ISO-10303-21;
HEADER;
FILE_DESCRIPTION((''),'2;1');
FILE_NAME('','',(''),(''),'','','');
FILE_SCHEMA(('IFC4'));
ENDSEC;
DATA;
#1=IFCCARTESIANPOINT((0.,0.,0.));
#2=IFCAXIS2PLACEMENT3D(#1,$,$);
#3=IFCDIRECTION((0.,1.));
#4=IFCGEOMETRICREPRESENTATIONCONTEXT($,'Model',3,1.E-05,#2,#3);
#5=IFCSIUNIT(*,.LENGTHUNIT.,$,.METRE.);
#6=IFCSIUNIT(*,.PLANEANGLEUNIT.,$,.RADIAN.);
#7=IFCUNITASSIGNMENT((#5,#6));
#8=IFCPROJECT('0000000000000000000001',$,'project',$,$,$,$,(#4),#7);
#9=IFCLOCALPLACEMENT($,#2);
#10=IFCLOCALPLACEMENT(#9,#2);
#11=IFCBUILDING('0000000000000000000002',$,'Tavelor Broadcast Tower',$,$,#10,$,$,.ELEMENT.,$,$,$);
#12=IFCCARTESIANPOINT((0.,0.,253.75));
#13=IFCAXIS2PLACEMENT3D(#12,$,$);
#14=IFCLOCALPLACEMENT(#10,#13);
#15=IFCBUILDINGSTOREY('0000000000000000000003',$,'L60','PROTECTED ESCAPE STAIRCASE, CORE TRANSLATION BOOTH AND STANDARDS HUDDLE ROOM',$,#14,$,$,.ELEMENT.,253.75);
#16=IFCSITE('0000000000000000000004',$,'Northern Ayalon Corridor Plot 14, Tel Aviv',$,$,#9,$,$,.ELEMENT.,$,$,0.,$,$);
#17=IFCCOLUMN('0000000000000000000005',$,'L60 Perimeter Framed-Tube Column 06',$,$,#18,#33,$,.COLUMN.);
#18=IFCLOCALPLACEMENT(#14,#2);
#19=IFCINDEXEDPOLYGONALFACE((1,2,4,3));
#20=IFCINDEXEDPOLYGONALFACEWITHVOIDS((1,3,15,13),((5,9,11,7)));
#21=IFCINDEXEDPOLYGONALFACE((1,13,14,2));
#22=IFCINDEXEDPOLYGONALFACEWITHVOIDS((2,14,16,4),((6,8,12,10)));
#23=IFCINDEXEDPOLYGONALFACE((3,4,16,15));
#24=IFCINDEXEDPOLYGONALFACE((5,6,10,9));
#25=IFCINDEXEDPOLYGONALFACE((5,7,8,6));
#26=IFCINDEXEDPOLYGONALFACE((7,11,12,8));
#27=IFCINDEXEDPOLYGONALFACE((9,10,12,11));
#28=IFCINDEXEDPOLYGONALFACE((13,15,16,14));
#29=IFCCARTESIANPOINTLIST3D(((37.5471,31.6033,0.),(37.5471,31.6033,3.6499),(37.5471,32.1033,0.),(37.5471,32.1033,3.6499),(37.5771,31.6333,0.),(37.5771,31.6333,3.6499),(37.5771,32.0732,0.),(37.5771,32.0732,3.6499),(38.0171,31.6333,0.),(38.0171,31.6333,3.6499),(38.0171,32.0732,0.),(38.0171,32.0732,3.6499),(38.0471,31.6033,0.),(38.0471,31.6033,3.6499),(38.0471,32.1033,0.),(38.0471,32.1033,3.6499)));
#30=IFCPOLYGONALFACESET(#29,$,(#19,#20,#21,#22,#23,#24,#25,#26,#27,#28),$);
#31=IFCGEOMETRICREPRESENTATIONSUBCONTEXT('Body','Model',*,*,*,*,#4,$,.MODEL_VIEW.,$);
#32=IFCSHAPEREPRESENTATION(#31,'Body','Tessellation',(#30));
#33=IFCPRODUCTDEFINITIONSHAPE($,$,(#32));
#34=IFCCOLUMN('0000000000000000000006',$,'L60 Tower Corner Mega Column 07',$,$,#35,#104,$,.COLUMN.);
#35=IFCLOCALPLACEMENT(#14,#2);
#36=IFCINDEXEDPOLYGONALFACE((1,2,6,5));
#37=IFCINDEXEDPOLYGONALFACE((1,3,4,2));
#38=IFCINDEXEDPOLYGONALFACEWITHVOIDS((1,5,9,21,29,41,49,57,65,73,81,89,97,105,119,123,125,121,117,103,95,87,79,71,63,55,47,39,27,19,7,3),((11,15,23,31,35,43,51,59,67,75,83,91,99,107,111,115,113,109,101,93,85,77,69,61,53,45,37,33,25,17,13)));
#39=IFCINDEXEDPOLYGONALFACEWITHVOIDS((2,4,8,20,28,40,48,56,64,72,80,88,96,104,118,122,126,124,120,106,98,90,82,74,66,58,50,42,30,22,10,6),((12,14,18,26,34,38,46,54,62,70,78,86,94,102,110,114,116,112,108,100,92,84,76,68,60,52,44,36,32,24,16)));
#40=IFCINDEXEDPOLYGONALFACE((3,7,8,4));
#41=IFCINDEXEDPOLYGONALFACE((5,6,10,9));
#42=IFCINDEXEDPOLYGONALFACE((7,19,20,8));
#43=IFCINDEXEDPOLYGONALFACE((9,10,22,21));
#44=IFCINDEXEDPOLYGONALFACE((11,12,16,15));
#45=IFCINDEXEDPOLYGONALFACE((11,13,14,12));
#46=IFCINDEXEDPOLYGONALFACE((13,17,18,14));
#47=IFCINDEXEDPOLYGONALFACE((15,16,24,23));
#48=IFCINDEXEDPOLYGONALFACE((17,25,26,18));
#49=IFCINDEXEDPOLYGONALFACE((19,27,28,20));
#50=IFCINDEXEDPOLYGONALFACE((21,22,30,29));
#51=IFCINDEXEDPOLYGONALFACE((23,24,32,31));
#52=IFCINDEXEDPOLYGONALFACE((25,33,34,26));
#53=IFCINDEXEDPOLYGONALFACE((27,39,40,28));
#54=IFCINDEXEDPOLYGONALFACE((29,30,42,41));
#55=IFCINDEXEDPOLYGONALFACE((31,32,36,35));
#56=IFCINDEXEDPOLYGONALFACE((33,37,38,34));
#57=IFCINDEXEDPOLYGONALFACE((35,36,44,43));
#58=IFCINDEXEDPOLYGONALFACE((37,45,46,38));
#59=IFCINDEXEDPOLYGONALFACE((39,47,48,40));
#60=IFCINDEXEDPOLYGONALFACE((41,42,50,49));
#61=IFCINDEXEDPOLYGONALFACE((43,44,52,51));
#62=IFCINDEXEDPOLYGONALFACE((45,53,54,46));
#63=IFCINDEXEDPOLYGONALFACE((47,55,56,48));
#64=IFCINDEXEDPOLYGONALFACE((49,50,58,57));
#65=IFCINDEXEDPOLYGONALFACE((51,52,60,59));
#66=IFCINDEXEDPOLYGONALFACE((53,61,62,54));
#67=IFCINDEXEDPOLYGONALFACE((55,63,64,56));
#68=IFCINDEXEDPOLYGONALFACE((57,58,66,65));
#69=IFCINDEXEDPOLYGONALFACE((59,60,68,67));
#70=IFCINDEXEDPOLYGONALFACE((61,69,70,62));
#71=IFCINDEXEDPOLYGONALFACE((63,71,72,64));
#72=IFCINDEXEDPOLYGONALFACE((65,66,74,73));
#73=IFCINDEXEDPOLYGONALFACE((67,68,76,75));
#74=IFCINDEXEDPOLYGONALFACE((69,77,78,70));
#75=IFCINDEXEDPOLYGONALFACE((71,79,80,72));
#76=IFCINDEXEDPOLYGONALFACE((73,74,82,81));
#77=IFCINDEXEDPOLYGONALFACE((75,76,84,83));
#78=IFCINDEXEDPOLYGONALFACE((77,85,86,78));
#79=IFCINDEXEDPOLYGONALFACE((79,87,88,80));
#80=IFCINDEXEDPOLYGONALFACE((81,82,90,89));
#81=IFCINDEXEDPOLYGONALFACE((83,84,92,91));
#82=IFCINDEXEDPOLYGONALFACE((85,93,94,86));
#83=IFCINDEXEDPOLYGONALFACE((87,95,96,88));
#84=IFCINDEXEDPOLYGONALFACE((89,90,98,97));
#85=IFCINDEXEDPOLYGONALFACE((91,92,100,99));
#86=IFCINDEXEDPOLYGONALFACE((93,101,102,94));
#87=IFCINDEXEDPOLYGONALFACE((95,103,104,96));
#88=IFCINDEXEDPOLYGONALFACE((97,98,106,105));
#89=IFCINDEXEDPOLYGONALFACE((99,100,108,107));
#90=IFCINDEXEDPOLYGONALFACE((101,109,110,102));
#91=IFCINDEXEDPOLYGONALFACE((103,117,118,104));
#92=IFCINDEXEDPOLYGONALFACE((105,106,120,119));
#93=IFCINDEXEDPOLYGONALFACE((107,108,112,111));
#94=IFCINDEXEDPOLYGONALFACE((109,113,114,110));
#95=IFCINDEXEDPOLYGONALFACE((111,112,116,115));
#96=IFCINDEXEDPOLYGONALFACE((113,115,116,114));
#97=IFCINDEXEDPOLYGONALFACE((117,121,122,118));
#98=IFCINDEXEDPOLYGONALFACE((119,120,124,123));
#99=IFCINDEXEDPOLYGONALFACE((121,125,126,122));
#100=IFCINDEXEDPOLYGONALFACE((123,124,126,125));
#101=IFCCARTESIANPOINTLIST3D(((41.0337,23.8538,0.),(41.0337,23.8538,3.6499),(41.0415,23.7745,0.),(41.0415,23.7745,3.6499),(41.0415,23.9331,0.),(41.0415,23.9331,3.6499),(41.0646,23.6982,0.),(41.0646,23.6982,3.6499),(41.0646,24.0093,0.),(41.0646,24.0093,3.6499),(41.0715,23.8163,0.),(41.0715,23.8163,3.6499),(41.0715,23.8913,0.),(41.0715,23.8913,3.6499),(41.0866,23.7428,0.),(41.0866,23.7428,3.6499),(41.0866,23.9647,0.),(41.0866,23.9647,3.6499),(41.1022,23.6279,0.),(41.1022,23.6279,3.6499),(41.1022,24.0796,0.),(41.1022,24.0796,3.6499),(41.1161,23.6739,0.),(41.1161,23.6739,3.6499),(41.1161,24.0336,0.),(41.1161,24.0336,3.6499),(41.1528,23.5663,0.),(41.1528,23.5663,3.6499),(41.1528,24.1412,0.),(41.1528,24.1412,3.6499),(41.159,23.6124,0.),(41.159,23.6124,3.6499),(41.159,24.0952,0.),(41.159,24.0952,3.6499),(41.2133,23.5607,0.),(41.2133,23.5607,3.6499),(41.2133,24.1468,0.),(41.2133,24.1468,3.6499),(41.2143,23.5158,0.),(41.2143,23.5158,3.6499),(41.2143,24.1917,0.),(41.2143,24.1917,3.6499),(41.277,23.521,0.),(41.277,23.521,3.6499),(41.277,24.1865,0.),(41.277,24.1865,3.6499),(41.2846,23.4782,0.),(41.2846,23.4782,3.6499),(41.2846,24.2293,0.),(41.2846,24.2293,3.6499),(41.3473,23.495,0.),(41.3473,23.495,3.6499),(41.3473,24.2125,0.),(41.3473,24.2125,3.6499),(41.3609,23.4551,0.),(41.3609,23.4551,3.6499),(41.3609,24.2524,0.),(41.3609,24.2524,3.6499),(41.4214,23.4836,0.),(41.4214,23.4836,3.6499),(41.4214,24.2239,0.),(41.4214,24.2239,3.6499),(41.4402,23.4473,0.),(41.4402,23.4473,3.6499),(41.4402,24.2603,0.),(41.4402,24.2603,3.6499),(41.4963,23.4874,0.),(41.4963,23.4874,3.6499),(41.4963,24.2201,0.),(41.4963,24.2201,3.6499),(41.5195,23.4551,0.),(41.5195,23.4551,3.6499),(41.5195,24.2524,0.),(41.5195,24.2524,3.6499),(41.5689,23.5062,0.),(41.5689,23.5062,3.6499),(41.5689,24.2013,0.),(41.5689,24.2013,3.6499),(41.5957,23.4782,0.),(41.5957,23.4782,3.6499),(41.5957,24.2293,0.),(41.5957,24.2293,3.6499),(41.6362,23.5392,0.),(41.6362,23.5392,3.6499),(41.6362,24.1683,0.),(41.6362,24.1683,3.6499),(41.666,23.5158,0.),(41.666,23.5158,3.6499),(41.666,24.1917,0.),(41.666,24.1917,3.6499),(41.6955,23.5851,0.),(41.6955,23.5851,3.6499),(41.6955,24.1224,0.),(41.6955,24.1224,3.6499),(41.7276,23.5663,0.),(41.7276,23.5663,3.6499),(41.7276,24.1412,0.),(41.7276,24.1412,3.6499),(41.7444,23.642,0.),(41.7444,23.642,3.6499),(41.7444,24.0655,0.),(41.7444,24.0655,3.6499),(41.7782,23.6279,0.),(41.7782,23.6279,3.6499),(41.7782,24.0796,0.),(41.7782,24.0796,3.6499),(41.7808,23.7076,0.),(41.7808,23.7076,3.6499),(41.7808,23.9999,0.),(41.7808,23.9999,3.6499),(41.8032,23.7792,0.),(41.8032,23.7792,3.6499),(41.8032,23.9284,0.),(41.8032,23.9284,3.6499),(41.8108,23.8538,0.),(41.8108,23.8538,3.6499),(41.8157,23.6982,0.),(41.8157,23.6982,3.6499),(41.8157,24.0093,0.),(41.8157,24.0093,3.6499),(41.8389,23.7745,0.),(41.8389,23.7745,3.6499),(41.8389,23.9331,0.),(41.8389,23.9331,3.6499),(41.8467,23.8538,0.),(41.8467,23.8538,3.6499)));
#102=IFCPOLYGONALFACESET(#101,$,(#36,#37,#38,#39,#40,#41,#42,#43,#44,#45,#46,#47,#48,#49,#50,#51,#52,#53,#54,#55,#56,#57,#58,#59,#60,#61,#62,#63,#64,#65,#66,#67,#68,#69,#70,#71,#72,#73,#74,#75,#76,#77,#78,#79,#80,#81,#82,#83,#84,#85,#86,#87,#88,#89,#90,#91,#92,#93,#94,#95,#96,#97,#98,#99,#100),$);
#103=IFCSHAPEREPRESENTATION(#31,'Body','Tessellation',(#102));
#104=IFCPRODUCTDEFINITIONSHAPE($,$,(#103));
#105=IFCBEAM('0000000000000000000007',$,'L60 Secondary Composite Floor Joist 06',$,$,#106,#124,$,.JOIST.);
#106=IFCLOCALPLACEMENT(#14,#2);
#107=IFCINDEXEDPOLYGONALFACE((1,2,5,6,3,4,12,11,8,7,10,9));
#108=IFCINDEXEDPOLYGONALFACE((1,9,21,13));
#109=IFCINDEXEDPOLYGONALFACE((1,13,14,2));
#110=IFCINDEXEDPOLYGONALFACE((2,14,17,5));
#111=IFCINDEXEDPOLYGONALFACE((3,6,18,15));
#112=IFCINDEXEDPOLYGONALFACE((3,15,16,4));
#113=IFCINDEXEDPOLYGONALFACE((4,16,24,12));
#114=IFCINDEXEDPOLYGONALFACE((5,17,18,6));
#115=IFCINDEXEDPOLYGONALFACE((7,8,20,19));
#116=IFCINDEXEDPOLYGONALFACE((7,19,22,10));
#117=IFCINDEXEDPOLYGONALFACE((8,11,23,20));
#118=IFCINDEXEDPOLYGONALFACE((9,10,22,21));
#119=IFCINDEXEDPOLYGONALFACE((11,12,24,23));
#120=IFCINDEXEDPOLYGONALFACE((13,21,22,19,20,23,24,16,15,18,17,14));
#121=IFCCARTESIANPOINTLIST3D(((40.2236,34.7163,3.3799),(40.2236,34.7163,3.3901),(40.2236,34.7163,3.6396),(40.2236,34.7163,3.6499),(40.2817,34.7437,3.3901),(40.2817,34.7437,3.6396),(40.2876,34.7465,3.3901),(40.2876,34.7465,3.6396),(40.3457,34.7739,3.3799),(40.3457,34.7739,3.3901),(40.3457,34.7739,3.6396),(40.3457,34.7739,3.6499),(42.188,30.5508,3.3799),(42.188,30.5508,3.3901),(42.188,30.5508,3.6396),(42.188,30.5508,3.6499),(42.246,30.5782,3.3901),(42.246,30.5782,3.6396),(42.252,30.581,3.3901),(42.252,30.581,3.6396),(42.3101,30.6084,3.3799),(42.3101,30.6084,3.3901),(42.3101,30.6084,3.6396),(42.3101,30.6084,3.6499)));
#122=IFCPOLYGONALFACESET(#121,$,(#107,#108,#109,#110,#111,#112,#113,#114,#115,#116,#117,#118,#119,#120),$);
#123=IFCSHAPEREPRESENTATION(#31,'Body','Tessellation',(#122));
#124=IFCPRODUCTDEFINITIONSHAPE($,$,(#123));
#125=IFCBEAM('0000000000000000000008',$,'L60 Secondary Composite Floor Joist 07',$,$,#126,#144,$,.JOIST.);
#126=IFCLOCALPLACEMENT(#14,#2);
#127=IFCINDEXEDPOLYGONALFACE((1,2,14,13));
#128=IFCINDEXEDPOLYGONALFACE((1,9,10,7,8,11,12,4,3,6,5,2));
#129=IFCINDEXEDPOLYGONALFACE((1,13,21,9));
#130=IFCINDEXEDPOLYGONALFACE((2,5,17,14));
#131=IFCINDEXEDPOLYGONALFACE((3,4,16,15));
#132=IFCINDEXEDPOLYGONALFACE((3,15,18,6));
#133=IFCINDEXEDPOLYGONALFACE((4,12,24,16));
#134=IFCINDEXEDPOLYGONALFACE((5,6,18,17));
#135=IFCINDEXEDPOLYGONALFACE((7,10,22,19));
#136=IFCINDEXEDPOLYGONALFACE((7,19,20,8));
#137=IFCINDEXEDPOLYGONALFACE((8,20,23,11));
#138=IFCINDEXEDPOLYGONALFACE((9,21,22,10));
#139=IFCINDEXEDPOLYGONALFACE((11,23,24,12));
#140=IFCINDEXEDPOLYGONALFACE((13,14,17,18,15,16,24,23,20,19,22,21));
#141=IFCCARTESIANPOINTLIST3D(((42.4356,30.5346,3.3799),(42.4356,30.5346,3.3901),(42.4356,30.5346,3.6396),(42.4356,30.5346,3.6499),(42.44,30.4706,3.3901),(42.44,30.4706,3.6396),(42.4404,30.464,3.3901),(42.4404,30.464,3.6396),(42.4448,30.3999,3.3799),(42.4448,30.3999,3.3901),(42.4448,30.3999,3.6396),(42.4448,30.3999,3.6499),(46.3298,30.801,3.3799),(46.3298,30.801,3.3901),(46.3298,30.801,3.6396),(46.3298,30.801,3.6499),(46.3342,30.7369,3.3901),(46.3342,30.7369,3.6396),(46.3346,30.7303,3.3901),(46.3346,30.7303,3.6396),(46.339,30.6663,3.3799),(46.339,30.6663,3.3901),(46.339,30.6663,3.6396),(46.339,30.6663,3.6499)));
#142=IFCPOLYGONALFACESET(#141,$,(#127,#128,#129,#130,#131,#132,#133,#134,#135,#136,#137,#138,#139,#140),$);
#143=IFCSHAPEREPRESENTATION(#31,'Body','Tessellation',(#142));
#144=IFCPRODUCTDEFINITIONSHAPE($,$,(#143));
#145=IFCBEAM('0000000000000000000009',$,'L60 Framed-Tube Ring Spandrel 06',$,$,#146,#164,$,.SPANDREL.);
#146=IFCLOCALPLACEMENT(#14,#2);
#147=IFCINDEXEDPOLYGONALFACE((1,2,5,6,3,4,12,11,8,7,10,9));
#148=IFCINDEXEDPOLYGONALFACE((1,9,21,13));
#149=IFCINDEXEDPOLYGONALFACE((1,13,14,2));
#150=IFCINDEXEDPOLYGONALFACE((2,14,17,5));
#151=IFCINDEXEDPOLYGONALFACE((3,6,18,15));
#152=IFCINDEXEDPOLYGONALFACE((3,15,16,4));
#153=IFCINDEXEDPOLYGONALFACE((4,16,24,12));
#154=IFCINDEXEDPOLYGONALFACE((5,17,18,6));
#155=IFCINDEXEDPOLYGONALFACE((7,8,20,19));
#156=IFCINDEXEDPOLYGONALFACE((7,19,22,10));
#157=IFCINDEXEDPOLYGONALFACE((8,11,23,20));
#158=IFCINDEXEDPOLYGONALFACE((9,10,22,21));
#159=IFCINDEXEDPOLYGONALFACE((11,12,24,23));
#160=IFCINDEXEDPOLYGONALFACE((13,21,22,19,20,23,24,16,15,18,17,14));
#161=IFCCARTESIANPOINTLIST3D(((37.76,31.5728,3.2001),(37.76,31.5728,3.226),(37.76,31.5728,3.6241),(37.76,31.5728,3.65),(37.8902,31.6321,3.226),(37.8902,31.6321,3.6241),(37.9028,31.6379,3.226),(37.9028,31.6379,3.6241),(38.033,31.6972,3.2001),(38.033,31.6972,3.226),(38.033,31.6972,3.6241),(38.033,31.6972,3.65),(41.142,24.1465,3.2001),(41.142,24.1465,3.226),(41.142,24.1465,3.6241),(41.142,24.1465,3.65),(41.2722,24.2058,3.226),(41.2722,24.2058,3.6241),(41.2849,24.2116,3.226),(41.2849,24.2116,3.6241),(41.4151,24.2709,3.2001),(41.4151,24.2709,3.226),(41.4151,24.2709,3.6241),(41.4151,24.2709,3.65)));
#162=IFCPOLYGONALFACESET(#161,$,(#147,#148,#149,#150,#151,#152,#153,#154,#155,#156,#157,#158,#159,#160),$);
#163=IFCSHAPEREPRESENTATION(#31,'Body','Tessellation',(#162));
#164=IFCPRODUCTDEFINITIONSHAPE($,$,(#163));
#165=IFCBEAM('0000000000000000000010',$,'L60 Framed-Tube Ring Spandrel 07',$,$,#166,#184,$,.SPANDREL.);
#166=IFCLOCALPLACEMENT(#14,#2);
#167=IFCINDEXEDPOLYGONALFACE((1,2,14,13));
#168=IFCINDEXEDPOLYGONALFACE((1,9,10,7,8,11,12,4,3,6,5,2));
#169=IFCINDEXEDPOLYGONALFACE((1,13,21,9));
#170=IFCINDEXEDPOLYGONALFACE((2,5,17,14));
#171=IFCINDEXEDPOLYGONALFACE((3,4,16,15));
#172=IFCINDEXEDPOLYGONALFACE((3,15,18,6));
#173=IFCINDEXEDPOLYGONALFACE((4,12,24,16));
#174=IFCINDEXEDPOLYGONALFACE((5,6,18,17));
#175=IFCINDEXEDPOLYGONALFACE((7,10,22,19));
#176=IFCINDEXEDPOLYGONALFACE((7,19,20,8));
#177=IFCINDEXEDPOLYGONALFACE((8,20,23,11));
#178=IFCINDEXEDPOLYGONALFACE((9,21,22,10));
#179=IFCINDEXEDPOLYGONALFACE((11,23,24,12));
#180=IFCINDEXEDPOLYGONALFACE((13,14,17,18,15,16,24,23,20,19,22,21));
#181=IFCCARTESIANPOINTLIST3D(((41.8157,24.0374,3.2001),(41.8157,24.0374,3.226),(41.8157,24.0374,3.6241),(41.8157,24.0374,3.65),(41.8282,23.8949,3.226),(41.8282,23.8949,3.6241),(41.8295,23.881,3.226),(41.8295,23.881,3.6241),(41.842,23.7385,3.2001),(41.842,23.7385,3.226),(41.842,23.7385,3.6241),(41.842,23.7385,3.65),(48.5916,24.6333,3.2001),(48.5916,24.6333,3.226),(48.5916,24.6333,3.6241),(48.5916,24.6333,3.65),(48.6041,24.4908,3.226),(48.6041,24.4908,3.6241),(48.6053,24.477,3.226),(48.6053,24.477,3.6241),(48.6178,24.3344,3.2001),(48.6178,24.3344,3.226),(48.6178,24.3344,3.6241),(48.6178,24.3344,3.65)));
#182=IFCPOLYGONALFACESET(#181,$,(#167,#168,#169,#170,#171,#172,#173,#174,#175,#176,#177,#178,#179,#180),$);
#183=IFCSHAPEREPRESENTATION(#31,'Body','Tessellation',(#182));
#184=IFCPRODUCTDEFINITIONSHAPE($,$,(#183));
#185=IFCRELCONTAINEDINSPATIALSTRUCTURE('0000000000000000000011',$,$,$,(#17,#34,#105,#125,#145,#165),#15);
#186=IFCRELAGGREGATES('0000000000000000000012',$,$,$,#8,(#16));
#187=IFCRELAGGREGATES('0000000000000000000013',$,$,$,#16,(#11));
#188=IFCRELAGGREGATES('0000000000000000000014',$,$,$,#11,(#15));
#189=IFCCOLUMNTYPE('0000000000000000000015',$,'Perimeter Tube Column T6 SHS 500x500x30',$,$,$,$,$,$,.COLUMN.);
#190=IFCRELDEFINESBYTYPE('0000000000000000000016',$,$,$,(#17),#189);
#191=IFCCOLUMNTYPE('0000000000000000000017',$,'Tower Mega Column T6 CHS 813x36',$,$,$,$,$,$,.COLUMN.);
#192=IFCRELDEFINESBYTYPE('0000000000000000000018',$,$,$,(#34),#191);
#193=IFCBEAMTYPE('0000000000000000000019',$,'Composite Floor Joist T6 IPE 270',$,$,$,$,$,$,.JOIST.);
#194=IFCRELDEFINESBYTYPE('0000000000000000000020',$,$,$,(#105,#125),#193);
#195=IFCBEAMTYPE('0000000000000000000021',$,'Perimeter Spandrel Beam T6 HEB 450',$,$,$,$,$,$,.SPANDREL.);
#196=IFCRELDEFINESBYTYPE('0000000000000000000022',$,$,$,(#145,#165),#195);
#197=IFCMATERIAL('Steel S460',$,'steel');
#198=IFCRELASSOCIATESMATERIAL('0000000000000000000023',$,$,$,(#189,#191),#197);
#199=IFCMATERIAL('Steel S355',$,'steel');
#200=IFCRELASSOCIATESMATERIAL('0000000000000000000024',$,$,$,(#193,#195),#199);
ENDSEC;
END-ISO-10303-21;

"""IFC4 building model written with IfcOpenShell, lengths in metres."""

from ifc_helpers import new_model, si_unit, direction, frame, origin, origin_2d, place, context, subcontext, project, spatial, hollow_rectangle, hollow_circle, i_section, extrude, material, material_profile, profile_set, type_object, element, save


model = new_model("IFC4")

# Units and contexts
model_context = context("Model", 3, precision=1e-05, world=origin(), true_north=direction((0.0, 1.0)))
body_context = subcontext(model_context, "Body", "Model", "MODEL_VIEW")
ifc_project = project(units=[si_unit("LENGTHUNIT", "METRE"), si_unit("PLANEANGLEUNIT", "RADIAN")], contexts=[model_context])

# Site, building, storey
site_placement = place(None, origin())
site = spatial("IfcSite", under=ifc_project, at=site_placement, Name="Northern Ayalon Corridor Plot 14, Tel Aviv", CompositionType="ELEMENT", RefElevation=0.0)
building_placement = place(site_placement, origin())
building = spatial("IfcBuilding", under=site, at=building_placement, Name="Tavelor Broadcast Tower", CompositionType="ELEMENT")
storey_placement = place(building_placement, frame((0.0, 0.0, 253.75)))
storey = spatial("IfcBuildingStorey", under=building, at=storey_placement, Name="L60", Description="PROTECTED ESCAPE STAIRCASE, CORE TRANSLATION BOOTH AND STANDARDS HUDDLE ROOM", CompositionType="ELEMENT", Elevation=253.75)

# Columns
ifc_material_1 = material(Name="Steel S460", Category="steel")
ifc_material_profile_1 = material_profile(ifc_material_1, hollow_rectangle(XDim=0.5, YDim=0.5, WallThickness=0.03, at=origin_2d()), Name="SHS 500x500x30")
ifc_profile_set_1 = profile_set([ifc_material_profile_1], Name="Steel S460")
column_type_1 = type_object("IfcColumnType", Name="Perimeter Tube Column T6 SHS 500x500x30", PredefinedType="COLUMN", material=ifc_profile_set_1)
column_1_placement = place(storey_placement, frame((37.7971, 31.8533, 0.0), z_axis=(0.0, 0.0, 1.0), x_axis=(1.0, 0.0, 0.0)))
element("IfcColumn", 1, at=column_1_placement, inside=storey, type_object=column_type_1, Name="L60 Perimeter Framed-Tube Column 06", PredefinedType="COLUMN", context=body_context, shape_type="SweptSolid", body=[
    extrude(hollow_rectangle(XDim=0.5, YDim=0.5, WallThickness=0.03, at=origin_2d()), origin(), (0.0, 0.0, 1.0), 3.6499),
])
ifc_material_profile_2 = material_profile(ifc_material_1, hollow_circle(Radius=0.4065, WallThickness=0.0359, at=origin_2d()), Name="CHS 813x36")
ifc_profile_set_2 = profile_set([ifc_material_profile_2], Name="Steel S460")
column_type_2 = type_object("IfcColumnType", Name="Tower Mega Column T6 CHS 813x36", PredefinedType="COLUMN", material=ifc_profile_set_2)
column_2_placement = place(storey_placement, frame((41.4402, 23.8538, 0.0), z_axis=(0.0, 0.0, 1.0), x_axis=(1.0, 0.0, 0.0)))
element("IfcColumn", 2, at=column_2_placement, inside=storey, type_object=column_type_2, Name="L60 Tower Corner Mega Column 07", PredefinedType="COLUMN", context=body_context, shape_type="SweptSolid", body=[
    extrude(hollow_circle(Radius=0.4065, WallThickness=0.0359, at=origin_2d()), origin(), (0.0, 0.0, 1.0), 3.6499),
])

# Beams
ifc_material_2 = material(Name="Steel S355", Category="steel")
ifc_material_profile_3 = material_profile(ifc_material_2, i_section(OverallWidth=0.135, OverallDepth=0.27, WebThickness=0.0066, FlangeThickness=0.0103, at=origin_2d()), Name="IPE 270")
ifc_profile_set_3 = profile_set([ifc_material_profile_3], Name="Steel S355")
beam_type_1 = type_object("IfcBeamType", Name="Composite Floor Joist T6 IPE 270", PredefinedType="JOIST", material=ifc_profile_set_3)
beam_1_placement = place(storey_placement, frame((40.2847, 34.7451, 3.5149), z_axis=(0.426527, -0.904475, 0.0), x_axis=(0.904475, 0.426527, 0.0)))
element("IfcBeam", 3, at=beam_1_placement, inside=storey, type_object=beam_type_1, Name="L60 Secondary Composite Floor Joist 06", PredefinedType="JOIST", context=body_context, shape_type="SweptSolid", body=[
    extrude(i_section(OverallWidth=0.135, OverallDepth=0.27, WebThickness=0.0066, FlangeThickness=0.0103, at=origin_2d()), origin(), (0.0, 0.0, 1.0), 4.6055),
])
beam_2_placement = place(storey_placement, frame((42.4402, 30.4673, 3.5149), z_axis=(0.997669, 0.068238, 0.0), x_axis=(-0.068238, 0.997669, 0.0)))
element("IfcBeam", 4, at=beam_2_placement, inside=storey, type_object=beam_type_1, Name="L60 Secondary Composite Floor Joist 07", PredefinedType="JOIST", context=body_context, shape_type="SweptSolid", body=[
    extrude(i_section(OverallWidth=0.135, OverallDepth=0.27, WebThickness=0.0066, FlangeThickness=0.0103, at=origin_2d()), origin(), (0.0, 0.0, 1.0), 3.9033),
])
ifc_material_profile_4 = material_profile(ifc_material_2, i_section(OverallWidth=0.3, OverallDepth=0.45, WebThickness=0.0139, FlangeThickness=0.0259, at=origin_2d()), Name="HEB 450")
ifc_profile_set_4 = profile_set([ifc_material_profile_4], Name="Steel S355")
beam_type_2 = type_object("IfcBeamType", Name="Perimeter Spandrel Beam T6 HEB 450", PredefinedType="SPANDREL", material=ifc_profile_set_4)
beam_3_placement = place(storey_placement, frame((37.8965, 31.635, 3.425), z_axis=(0.414463, -0.910066, 0.0), x_axis=(0.910066, 0.414463, 0.0)))
element("IfcBeam", 5, at=beam_3_placement, inside=storey, type_object=beam_type_2, Name="L60 Framed-Tube Ring Spandrel 06", PredefinedType="SPANDREL", context=body_context, shape_type="SweptSolid", body=[
    extrude(i_section(OverallWidth=0.3, OverallDepth=0.45, WebThickness=0.0139, FlangeThickness=0.0259, at=origin_2d()), origin(), (0.0, 0.0, 1.0), 8.1602),
])
beam_4_placement = place(storey_placement, frame((41.8289, 23.8879, 3.425), z_axis=(0.996155, 0.087613, 0.0), x_axis=(-0.087613, 0.996155, 0.0)))
element("IfcBeam", 6, at=beam_4_placement, inside=storey, type_object=beam_type_2, Name="L60 Framed-Tube Ring Spandrel 07", PredefinedType="SPANDREL", context=body_context, shape_type="SweptSolid", body=[
    extrude(i_section(OverallWidth=0.3, OverallDepth=0.45, WebThickness=0.0139, FlangeThickness=0.0259, at=origin_2d()), origin(), (0.0, 0.0, 1.0), 6.802),
])

save(model, "model.ifc")
